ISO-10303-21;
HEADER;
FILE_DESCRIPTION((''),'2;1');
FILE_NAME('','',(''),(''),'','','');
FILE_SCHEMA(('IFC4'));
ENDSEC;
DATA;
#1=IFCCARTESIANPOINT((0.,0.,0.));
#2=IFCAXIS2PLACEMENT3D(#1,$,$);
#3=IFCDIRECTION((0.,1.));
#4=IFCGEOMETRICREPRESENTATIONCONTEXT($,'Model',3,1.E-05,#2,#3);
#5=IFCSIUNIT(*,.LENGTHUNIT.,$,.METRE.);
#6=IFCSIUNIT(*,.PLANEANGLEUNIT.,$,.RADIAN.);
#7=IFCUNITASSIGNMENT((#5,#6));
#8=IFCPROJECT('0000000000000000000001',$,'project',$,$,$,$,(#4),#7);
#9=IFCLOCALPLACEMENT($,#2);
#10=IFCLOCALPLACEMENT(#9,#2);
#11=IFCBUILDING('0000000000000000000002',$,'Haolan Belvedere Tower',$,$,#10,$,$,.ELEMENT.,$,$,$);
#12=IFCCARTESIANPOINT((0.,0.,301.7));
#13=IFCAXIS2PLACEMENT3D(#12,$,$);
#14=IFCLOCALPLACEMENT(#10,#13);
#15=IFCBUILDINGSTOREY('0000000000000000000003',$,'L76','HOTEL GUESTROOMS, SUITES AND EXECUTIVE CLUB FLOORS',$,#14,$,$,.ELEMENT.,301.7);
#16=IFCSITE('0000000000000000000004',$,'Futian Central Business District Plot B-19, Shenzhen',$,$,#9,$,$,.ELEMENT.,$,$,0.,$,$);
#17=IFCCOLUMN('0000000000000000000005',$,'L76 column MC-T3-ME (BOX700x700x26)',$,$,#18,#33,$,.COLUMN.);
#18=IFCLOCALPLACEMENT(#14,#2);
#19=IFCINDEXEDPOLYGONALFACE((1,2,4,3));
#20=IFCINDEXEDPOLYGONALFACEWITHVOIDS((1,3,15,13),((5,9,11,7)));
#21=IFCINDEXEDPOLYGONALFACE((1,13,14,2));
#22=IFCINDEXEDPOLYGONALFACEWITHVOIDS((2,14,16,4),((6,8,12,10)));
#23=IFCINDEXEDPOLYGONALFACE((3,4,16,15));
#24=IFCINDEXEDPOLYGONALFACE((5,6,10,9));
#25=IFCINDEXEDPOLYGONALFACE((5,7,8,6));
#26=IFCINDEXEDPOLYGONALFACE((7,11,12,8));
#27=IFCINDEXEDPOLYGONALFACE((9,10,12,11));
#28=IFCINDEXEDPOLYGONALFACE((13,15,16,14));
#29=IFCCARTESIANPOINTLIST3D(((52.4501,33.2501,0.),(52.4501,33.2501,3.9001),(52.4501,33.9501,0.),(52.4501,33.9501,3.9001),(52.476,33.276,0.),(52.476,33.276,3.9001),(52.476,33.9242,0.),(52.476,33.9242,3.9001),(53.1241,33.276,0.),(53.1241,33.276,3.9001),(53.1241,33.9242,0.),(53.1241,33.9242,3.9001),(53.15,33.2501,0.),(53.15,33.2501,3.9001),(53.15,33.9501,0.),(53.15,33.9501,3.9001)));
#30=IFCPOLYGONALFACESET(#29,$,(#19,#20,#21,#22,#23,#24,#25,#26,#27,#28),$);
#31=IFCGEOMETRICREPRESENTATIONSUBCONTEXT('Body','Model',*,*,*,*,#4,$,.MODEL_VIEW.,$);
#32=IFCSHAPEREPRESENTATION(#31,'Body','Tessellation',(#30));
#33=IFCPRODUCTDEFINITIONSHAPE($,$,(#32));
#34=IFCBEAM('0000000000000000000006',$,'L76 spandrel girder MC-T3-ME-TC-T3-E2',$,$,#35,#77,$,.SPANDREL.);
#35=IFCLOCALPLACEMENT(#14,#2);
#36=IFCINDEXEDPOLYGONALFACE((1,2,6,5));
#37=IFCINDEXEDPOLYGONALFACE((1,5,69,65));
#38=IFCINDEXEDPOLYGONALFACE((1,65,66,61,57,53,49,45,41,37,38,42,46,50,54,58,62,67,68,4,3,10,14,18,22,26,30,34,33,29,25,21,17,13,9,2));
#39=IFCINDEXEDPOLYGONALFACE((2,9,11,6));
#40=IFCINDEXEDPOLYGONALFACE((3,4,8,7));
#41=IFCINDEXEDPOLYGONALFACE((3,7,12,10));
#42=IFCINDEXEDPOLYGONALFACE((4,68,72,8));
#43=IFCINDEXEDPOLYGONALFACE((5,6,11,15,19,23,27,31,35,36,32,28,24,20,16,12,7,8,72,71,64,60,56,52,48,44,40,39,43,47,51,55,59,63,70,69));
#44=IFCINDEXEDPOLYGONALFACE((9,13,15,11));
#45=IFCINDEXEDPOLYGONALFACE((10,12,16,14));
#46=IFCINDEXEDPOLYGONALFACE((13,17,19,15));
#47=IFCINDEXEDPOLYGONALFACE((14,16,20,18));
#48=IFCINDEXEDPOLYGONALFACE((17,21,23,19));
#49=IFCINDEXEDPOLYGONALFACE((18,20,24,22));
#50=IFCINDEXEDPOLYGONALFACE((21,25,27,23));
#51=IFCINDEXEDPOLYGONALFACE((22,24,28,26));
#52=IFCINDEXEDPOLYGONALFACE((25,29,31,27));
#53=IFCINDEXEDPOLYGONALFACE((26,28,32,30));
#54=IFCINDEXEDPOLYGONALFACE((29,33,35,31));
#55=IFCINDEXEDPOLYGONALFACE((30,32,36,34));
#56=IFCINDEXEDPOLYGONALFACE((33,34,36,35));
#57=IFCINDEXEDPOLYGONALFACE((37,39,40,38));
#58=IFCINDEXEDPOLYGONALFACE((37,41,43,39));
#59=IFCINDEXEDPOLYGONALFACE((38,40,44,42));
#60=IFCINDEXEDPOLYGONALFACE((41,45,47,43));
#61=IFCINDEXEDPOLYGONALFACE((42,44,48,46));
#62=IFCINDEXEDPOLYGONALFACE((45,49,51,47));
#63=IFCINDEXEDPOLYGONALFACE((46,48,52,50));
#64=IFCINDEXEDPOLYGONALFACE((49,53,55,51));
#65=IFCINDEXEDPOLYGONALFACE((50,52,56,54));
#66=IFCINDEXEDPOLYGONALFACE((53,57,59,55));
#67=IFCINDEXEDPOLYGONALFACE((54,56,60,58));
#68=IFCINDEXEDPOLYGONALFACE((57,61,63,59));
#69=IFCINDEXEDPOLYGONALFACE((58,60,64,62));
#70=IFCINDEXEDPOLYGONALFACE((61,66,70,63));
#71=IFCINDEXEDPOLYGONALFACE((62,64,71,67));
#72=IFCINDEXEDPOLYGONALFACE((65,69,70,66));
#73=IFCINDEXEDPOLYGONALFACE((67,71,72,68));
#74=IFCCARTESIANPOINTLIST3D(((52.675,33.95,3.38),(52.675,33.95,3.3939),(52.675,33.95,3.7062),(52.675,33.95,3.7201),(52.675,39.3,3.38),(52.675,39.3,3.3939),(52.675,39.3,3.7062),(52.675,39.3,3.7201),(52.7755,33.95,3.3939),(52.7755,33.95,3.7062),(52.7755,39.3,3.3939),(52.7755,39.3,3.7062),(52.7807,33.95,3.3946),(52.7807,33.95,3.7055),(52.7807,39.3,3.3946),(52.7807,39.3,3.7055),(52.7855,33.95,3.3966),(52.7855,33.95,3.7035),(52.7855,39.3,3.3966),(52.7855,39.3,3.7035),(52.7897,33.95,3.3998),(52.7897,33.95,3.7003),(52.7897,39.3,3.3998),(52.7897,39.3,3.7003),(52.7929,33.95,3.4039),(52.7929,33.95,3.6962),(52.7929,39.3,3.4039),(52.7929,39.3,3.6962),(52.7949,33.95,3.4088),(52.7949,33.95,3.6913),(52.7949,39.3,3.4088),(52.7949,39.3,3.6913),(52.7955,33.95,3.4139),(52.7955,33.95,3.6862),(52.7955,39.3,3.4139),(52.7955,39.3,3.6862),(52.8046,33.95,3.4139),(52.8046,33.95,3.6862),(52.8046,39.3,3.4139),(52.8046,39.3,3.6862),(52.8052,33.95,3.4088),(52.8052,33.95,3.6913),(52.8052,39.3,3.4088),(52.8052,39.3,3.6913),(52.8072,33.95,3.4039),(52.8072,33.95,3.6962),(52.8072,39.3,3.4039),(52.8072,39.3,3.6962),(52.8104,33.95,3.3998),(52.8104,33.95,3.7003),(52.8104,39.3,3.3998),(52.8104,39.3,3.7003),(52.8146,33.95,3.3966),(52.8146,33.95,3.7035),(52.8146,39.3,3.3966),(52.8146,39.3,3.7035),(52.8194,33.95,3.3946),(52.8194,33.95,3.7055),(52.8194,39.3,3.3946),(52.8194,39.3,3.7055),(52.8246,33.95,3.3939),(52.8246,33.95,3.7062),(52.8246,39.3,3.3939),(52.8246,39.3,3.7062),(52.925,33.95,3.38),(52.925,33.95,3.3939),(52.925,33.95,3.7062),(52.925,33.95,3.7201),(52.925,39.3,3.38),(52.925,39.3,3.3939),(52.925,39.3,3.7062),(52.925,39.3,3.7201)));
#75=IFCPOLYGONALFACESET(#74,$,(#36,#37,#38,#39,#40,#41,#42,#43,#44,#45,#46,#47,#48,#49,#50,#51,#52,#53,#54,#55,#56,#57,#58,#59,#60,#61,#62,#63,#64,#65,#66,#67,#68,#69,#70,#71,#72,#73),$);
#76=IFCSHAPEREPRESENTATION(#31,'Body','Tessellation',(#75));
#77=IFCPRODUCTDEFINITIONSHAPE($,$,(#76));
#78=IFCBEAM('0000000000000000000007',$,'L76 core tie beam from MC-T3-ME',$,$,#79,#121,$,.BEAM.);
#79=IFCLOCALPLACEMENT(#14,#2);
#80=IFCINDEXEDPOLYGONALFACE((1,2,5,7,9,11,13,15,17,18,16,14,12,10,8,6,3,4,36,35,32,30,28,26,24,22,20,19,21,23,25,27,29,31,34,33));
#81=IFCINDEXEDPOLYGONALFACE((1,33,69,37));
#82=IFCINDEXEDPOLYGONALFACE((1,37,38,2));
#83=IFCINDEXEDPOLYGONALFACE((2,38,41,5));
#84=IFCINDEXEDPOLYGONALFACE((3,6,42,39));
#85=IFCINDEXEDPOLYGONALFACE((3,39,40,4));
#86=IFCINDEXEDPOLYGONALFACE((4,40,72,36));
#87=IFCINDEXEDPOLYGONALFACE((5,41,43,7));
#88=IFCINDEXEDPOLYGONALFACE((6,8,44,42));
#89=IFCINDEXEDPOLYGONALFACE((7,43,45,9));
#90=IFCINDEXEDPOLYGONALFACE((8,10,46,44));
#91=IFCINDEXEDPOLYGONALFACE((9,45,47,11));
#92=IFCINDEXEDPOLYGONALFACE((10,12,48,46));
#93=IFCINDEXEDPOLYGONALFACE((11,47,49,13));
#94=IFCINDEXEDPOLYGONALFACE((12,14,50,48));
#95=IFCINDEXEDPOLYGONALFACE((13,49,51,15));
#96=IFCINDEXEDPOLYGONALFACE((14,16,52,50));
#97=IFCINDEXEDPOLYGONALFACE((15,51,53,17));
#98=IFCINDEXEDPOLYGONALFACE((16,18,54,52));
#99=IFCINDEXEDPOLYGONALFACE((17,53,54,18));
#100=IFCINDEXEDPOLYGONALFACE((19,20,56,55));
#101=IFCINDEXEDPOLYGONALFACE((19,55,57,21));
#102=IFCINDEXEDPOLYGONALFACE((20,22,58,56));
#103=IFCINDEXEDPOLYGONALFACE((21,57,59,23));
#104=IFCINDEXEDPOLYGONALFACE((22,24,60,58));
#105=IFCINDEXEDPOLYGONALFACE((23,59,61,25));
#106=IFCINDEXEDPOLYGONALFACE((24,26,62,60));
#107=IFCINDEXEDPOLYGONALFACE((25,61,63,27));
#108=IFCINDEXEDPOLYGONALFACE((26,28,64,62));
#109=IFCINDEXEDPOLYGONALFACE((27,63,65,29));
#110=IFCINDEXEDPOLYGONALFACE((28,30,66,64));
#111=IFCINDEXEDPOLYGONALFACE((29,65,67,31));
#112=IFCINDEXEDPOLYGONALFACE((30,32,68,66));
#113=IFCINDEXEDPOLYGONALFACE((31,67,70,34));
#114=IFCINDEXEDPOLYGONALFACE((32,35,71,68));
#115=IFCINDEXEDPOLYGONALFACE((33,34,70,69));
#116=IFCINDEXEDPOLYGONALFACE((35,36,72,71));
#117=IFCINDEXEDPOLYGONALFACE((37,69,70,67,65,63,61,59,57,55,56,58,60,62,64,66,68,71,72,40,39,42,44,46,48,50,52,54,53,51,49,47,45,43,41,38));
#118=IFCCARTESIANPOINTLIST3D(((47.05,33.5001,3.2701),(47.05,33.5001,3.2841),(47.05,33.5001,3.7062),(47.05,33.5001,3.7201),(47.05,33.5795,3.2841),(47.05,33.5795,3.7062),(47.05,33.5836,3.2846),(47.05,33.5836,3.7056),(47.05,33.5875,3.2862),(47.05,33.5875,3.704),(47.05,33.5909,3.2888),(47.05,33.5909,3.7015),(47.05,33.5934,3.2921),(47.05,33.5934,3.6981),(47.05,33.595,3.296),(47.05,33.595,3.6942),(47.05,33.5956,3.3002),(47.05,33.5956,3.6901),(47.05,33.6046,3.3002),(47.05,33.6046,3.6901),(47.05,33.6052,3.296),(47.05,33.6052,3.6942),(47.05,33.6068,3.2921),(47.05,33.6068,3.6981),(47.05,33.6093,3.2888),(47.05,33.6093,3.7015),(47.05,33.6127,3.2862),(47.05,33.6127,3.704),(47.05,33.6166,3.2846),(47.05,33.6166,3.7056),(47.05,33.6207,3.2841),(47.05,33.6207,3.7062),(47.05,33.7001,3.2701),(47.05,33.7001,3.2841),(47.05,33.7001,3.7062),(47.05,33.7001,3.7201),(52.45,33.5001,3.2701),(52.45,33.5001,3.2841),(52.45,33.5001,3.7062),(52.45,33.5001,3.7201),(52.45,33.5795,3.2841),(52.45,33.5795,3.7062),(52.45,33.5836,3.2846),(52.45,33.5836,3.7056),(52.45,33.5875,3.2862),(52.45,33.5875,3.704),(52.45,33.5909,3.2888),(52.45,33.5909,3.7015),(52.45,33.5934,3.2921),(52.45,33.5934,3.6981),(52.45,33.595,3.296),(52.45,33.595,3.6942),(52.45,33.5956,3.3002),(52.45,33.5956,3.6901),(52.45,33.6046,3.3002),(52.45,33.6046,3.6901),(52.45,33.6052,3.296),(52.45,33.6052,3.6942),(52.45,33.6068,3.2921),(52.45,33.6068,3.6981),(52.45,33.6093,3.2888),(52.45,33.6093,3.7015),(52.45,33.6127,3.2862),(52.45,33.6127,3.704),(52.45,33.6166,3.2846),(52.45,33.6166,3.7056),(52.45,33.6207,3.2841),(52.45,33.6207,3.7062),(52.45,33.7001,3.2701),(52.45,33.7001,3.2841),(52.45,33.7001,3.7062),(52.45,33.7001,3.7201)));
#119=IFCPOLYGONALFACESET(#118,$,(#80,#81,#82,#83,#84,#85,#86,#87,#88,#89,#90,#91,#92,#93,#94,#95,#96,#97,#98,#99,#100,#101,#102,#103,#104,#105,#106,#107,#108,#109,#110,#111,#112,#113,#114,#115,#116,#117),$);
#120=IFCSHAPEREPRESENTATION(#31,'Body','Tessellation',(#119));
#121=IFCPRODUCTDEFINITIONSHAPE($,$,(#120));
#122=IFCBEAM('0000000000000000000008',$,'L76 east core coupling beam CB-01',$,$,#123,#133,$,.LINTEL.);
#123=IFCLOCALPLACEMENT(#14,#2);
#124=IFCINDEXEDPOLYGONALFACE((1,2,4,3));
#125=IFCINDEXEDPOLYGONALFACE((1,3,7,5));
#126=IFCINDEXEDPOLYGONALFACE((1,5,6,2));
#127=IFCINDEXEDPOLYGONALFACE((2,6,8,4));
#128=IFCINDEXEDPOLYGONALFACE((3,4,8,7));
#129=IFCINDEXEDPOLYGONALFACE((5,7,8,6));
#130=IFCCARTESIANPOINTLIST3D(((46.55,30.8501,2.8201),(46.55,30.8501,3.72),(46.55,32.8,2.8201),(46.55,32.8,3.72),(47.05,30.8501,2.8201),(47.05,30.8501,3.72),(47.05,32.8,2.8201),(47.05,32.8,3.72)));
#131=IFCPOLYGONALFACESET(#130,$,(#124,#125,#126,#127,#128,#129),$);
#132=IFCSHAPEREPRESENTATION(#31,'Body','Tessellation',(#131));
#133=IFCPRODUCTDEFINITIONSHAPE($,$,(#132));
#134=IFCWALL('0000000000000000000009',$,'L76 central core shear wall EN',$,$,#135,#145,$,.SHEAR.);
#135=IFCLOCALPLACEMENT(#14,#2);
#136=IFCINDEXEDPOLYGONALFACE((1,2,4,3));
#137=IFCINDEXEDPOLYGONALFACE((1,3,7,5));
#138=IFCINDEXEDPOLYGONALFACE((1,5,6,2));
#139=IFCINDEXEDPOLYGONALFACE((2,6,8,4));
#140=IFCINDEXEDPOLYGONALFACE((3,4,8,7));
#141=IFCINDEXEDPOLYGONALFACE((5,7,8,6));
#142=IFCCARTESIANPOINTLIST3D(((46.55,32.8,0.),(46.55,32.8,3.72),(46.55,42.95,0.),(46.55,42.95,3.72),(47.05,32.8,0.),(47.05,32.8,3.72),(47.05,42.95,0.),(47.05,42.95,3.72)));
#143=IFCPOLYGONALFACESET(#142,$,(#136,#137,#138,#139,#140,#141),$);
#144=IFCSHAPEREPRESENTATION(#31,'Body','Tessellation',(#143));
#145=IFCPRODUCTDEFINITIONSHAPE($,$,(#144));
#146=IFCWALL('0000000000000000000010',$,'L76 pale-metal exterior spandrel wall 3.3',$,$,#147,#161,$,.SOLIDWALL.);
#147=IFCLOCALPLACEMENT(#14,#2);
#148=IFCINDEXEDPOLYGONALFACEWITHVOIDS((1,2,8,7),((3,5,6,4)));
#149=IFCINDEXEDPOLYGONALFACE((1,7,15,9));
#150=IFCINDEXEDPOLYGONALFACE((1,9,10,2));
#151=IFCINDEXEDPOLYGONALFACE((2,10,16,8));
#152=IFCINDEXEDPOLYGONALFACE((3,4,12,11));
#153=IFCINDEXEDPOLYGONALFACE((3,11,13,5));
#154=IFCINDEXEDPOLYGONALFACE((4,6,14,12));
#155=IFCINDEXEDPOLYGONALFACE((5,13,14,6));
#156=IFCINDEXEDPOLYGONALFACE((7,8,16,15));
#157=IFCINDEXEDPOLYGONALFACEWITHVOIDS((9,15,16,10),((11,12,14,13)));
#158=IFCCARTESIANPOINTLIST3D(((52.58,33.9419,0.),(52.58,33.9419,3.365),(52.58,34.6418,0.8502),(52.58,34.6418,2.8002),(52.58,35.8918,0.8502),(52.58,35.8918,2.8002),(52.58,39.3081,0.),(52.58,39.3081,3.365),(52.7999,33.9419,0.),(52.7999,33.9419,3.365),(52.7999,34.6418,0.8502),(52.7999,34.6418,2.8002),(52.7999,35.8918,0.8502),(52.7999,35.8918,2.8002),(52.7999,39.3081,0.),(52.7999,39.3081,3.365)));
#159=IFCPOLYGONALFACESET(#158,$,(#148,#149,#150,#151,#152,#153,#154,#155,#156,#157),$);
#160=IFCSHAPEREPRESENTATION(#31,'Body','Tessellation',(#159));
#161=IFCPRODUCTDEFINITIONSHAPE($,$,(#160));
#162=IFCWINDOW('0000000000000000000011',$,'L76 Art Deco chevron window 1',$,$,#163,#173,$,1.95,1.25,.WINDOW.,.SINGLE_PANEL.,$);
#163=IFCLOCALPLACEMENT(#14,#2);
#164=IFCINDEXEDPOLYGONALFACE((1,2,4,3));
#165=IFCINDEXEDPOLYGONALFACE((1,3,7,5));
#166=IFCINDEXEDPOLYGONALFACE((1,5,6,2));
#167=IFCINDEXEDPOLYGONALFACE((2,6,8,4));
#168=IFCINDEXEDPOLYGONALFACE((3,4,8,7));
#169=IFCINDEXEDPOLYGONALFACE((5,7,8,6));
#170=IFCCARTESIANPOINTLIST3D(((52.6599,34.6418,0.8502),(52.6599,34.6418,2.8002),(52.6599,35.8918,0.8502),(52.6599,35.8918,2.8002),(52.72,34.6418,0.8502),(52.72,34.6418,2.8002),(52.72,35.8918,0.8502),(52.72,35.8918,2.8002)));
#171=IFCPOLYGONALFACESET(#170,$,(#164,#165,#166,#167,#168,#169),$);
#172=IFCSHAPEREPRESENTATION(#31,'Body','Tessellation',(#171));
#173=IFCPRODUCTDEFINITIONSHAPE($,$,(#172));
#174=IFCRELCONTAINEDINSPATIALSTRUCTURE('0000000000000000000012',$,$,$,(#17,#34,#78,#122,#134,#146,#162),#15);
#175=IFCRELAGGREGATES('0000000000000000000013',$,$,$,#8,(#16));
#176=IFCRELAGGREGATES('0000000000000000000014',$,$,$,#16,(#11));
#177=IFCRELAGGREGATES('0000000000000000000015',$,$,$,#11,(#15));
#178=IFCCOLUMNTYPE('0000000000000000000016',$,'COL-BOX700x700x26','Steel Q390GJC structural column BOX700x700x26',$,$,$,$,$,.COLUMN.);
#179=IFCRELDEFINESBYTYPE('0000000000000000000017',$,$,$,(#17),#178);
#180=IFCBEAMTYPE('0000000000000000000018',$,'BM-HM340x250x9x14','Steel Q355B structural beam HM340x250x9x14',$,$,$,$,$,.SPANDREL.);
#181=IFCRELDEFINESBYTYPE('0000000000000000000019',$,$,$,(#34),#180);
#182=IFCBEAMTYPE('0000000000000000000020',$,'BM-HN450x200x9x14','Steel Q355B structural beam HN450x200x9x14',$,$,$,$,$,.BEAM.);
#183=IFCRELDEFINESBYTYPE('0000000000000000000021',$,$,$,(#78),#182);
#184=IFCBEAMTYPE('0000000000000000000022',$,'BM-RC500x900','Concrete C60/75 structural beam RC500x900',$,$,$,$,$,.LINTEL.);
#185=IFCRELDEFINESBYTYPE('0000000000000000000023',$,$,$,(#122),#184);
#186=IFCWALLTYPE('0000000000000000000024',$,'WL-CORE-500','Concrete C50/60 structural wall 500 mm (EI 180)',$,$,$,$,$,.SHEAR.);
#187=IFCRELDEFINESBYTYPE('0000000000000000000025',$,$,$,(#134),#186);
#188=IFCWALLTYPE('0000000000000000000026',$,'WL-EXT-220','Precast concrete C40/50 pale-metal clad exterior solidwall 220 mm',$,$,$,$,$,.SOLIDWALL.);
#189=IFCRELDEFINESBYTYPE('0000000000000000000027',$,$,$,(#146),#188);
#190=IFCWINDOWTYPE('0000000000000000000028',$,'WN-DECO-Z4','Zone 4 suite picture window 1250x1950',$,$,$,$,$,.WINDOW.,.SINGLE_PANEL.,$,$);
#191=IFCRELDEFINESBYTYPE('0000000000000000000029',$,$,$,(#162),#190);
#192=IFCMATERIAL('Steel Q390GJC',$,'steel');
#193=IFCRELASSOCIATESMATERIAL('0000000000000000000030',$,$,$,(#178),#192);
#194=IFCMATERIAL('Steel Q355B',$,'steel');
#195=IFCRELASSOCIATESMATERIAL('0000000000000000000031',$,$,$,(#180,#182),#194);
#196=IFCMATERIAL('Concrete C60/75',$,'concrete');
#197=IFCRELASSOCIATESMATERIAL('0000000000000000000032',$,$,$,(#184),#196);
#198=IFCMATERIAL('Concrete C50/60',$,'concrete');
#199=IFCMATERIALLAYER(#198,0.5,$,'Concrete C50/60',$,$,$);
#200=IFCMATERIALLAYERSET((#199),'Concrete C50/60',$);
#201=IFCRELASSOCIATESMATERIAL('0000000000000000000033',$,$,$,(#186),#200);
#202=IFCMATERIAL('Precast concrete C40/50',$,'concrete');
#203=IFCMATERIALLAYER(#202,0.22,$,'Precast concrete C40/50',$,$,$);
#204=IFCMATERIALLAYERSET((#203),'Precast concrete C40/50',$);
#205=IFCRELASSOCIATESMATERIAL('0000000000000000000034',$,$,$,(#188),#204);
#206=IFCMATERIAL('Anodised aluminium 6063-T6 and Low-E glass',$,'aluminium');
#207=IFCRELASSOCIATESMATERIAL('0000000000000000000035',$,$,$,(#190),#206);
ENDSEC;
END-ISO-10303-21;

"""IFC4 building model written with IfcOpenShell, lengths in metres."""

from ifc_helpers import new_model, si_unit, direction, frame, frame_2d, origin, origin_2d, place, context, subcontext, project, spatial, rectangle, hollow_rectangle, i_section, extrude, material, layer, layer_set, material_profile, profile_set, type_object, element, fill, save


model = new_model("IFC4")

# Units and contexts
model_context = context("Model", 3, precision=1e-05, world=origin(), true_north=direction((0.0, 1.0)))
body_context = subcontext(model_context, "Body", "Model", "MODEL_VIEW")
ifc_project = project(units=[si_unit("LENGTHUNIT", "METRE"), si_unit("PLANEANGLEUNIT", "RADIAN")], contexts=[model_context])

# Site, building, storey
site_placement = place(None, origin())
site = spatial("IfcSite", under=ifc_project, at=site_placement, Name="Futian Central Business District Plot B-19, Shenzhen", CompositionType="ELEMENT", RefElevation=0.0)
building_placement = place(site_placement, origin())
building = spatial("IfcBuilding", under=site, at=building_placement, Name="Haolan Belvedere Tower", CompositionType="ELEMENT")
storey_placement = place(building_placement, frame((0.0, 0.0, 301.7)))
storey = spatial("IfcBuildingStorey", under=building, at=storey_placement, Name="L76", Description="HOTEL GUESTROOMS, SUITES AND EXECUTIVE CLUB FLOORS", CompositionType="ELEMENT", Elevation=301.7)

# Column
ifc_material_1 = material(Name="Steel Q390GJC", Category="steel")
ifc_material_profile_1 = material_profile(ifc_material_1, hollow_rectangle(XDim=0.7, YDim=0.7, WallThickness=0.0259, at=origin_2d()), Name="Steel Q390GJC")
ifc_profile_set_1 = profile_set([ifc_material_profile_1], Name="Steel Q390GJC")
column_type = type_object("IfcColumnType", Name="COL-BOX700x700x26", Description="Steel Q390GJC structural column BOX700x700x26", PredefinedType="COLUMN", material=ifc_profile_set_1)
column_placement = place(storey_placement, frame((52.8, 33.6001, 0.0), z_axis=(0.0, 0.0, 1.0), x_axis=(1.0, 0.0, 0.0)))
element("IfcColumn", 1, at=column_placement, inside=storey, type_object=column_type, Name="L76 column MC-T3-ME (BOX700x700x26)", PredefinedType="COLUMN", context=body_context, shape_type="SweptSolid", body=[
    extrude(hollow_rectangle(XDim=0.7, YDim=0.7, WallThickness=0.0259, at=origin_2d()), origin(), (0.0, 0.0, 1.0), 3.9001),
])

# Beams
ifc_material_2 = material(Name="Steel Q355B", Category="steel")
ifc_material_profile_2 = material_profile(ifc_material_2, i_section(OverallWidth=0.25, OverallDepth=0.3401, WebThickness=0.009, FlangeThickness=0.0139, FilletRadius=0.02, at=origin_2d()), Name="Steel Q355B")
ifc_profile_set_2 = profile_set([ifc_material_profile_2], Name="Steel Q355B")
beam_type_1 = type_object("IfcBeamType", Name="BM-HM340x250x9x14", Description="Steel Q355B structural beam HM340x250x9x14", PredefinedType="SPANDREL", material=ifc_profile_set_2)
beam_1_placement = place(storey_placement, frame((52.8, 33.95, 3.55), z_axis=(0.0, 1.0, 0.0), x_axis=(-1.0, 0.0, 0.0)))
element("IfcBeam", 2, at=beam_1_placement, inside=storey, type_object=beam_type_1, Name="L76 spandrel girder MC-T3-ME-TC-T3-E2", PredefinedType="SPANDREL", context=body_context, shape_type="SweptSolid", body=[
    extrude(i_section(OverallWidth=0.25, OverallDepth=0.3401, WebThickness=0.009, FlangeThickness=0.0139, FilletRadius=0.02, at=origin_2d()), origin(), (0.0, 0.0, 1.0), 5.3501),
])
ifc_material_profile_3 = material_profile(ifc_material_2, i_section(OverallWidth=0.2, OverallDepth=0.45, WebThickness=0.009, FlangeThickness=0.0139, FilletRadius=0.0161, at=origin_2d()), Name="Steel Q355B")
ifc_profile_set_3 = profile_set([ifc_material_profile_3], Name="Steel Q355B")
beam_type_2 = type_object("IfcBeamType", Name="BM-HN450x200x9x14", Description="Steel Q355B structural beam HN450x200x9x14", PredefinedType="BEAM", material=ifc_profile_set_3)
beam_2_placement = place(storey_placement, frame((52.45, 33.6001, 3.4951), z_axis=(-1.0, 0.0, 0.0), x_axis=(0.0, -1.0, 0.0)))
element("IfcBeam", 3, at=beam_2_placement, inside=storey, type_object=beam_type_2, Name="L76 core tie beam from MC-T3-ME", PredefinedType="BEAM", context=body_context, shape_type="SweptSolid", body=[
    extrude(i_section(OverallWidth=0.2, OverallDepth=0.45, WebThickness=0.009, FlangeThickness=0.0139, FilletRadius=0.0161, at=origin_2d()), origin(), (0.0, 0.0, 1.0), 5.3999),
])
ifc_material_3 = material(Name="Concrete C60/75", Category="concrete")
ifc_material_profile_4 = material_profile(ifc_material_3, rectangle(XDim=0.5, YDim=0.8999, at=origin_2d()), Name="Concrete C60/75")
ifc_profile_set_4 = profile_set([ifc_material_profile_4], Name="Concrete C60/75")
beam_type_3 = type_object("IfcBeamType", Name="BM-RC500x900", Description="Concrete C60/75 structural beam RC500x900", PredefinedType="LINTEL", material=ifc_profile_set_4)
beam_3_placement = place(storey_placement, frame((46.8, 30.8501, 3.27), z_axis=(0.0, 1.0, 0.0), x_axis=(-1.0, 0.0, 0.0)))
element("IfcBeam", 4, at=beam_3_placement, inside=storey, type_object=beam_type_3, Name="L76 east core coupling beam CB-01", PredefinedType="LINTEL", context=body_context, shape_type="SweptSolid", body=[
    extrude(rectangle(XDim=0.5, YDim=0.8999, at=origin_2d()), origin(), (0.0, 0.0, 1.0), 1.95),
])

# Wall
ifc_material_4 = material(Name="Concrete C50/60", Category="concrete")
ifc_layer_1 = layer(ifc_material_4, 0.5, Name="Concrete C50/60")
ifc_layer_set_1 = layer_set([ifc_layer_1], Name="Concrete C50/60")
wall_type_1 = type_object("IfcWallType", Name="WL-CORE-500", Description="Concrete C50/60 structural wall 500 mm (EI 180)", PredefinedType="SHEAR", material=ifc_layer_set_1)
wall_1_placement = place(storey_placement, frame((46.8, 32.8, 0.0), z_axis=(0.0, 0.0, 1.0), x_axis=(0.0, 1.0, 0.0)))
element("IfcWall", 5, at=wall_1_placement, inside=storey, type_object=wall_type_1, Name="L76 central core shear wall EN", PredefinedType="SHEAR", context=body_context, shape_type="SweptSolid", body=[
    extrude(rectangle(XDim=10.1499, YDim=0.5, at=frame_2d((5.075, 0.0))), origin(), (0.0, 0.0, 1.0), 3.72),
])

# Wall, opening, window
ifc_material_5 = material(Name="Precast concrete C40/50", Category="concrete")
ifc_layer_2 = layer(ifc_material_5, 0.22, Name="Precast concrete C40/50")
ifc_layer_set_2 = layer_set([ifc_layer_2], Name="Precast concrete C40/50")
wall_type_2 = type_object("IfcWallType", Name="WL-EXT-220", Description="Precast concrete C40/50 pale-metal clad exterior solidwall 220 mm", PredefinedType="SOLIDWALL", material=ifc_layer_set_2)
wall_2_placement = place(storey_placement, frame((52.6899, 33.9419, 0.0), z_axis=(0.0, 0.0, 1.0), x_axis=(0.0, 1.0, 0.0)))
wall_2 = element("IfcWall", 6, at=wall_2_placement, inside=storey, type_object=wall_type_2, Name="L76 pale-metal exterior spandrel wall 3.3", PredefinedType="SOLIDWALL", context=body_context, shape_type="SweptSolid", body=[
    extrude(rectangle(XDim=5.3662, YDim=0.22, at=frame_2d((2.6831, 0.0))), origin(), (0.0, 0.0, 1.0), 3.365),
])
opening_1_placement = place(wall_2_placement, frame((0.7, 0.0, 0.8501)))
opening_1 = element("IfcOpeningElement", 7, at=opening_1_placement, cuts=wall_2, PredefinedType="OPENING", context=body_context, shape_type="SweptSolid", body=[
    extrude(rectangle(XDim=1.25, YDim=1.95, at=frame_2d((0.625, 0.9751))), frame((0.0, 0.1199, 0.0), z_axis=(0.0, -1.0, 0.0), x_axis=(1.0, 0.0, 0.0)), (0.0, 0.0, 1.0), 0.24),
])
ifc_material_6 = material(Name="Anodised aluminium 6063-T6 and Low-E glass", Category="aluminium")
window_type = type_object("IfcWindowType", Name="WN-DECO-Z4", Description="Zone 4 suite picture window 1250x1950", PartitioningType="SINGLE_PANEL", PredefinedType="WINDOW", material=ifc_material_6)
window_placement = place(opening_1_placement, origin())
window = element("IfcWindow", 8, at=window_placement, inside=storey, type_object=window_type, Name="L76 Art Deco chevron window 1", OverallHeight=1.95, OverallWidth=1.25, PartitioningType="SINGLE_PANEL", PredefinedType="WINDOW", context=body_context, shape_type="SweptSolid", body=[
    extrude(rectangle(XDim=1.25, YDim=1.95, at=frame_2d((0.625, 0.9751))), frame((0.0, 0.03, 0.0), z_axis=(0.0, -1.0, 0.0), x_axis=(1.0, 0.0, 0.0)), (0.0, 0.0, 1.0), 0.0601),
])
fill(opening_1, window)

save(model, "model.ifc")
